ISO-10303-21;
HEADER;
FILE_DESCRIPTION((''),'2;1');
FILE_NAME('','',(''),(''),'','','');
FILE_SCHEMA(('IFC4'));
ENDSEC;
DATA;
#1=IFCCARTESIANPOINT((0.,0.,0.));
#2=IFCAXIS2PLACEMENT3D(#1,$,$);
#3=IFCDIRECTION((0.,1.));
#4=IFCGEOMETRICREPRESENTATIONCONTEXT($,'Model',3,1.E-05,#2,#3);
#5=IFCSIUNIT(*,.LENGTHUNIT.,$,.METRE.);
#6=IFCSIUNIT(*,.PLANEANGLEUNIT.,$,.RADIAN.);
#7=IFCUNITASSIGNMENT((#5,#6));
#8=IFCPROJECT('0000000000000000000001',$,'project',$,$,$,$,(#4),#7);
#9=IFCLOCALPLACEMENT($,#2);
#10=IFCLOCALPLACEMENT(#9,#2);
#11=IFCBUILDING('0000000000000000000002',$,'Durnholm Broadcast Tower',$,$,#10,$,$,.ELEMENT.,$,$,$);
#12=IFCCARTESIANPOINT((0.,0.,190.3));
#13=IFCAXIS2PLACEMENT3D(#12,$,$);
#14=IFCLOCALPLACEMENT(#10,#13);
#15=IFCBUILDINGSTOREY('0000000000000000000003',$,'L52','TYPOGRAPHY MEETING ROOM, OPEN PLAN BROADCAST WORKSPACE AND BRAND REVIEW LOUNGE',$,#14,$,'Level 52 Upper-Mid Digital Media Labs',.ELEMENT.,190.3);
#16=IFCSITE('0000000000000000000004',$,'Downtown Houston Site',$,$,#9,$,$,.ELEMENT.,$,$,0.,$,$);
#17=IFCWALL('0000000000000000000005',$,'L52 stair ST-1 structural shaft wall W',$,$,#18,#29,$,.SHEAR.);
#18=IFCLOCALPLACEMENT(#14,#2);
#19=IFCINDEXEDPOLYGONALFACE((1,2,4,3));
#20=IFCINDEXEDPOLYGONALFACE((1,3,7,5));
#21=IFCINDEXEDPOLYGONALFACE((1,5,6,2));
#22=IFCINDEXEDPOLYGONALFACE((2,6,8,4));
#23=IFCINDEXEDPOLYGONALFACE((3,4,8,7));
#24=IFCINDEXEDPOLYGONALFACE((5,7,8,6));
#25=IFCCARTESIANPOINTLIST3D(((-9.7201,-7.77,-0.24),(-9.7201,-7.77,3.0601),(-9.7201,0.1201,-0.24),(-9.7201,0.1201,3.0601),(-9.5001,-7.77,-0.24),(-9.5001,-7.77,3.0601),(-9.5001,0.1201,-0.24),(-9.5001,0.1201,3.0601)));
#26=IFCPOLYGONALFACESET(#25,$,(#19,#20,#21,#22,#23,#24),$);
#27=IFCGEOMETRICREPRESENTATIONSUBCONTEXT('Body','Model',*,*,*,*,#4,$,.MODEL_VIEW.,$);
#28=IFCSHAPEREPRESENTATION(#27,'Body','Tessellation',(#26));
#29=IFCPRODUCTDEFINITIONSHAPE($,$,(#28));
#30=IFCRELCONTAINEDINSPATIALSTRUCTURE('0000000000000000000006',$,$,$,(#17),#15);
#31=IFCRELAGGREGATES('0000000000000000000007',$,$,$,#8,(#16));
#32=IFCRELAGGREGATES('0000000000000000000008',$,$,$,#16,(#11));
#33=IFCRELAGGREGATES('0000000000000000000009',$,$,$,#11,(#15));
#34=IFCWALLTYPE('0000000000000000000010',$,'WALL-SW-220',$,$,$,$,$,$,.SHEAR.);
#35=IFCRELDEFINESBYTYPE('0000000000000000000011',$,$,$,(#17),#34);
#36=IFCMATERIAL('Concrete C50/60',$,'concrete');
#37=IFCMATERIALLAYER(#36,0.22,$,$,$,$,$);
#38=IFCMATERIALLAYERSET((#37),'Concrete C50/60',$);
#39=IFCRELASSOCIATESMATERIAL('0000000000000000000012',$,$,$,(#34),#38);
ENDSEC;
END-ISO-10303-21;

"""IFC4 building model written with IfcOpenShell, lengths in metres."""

from ifc_helpers import new_model, si_unit, direction, frame, frame_2d, origin, place, context, subcontext, project, spatial, rectangle, extrude, material, layer, layer_set, type_object, element, save


model = new_model("IFC4")

# Units and contexts
model_context = context("Model", 3, precision=1e-05, world=origin(), true_north=direction((0.0, 1.0)))
body_context = subcontext(model_context, "Body", "Model", "MODEL_VIEW")
ifc_project = project(units=[si_unit("LENGTHUNIT", "METRE"), si_unit("PLANEANGLEUNIT", "RADIAN")], contexts=[model_context])

# Site, building, storey
site_placement = place(None, origin())
site = spatial("IfcSite", under=ifc_project, at=site_placement, Name="Downtown Houston Site", CompositionType="ELEMENT", RefElevation=0.0)
building_placement = place(site_placement, origin())
building = spatial("IfcBuilding", under=site, at=building_placement, Name="Durnholm Broadcast Tower", CompositionType="ELEMENT")
storey_placement = place(building_placement, frame((0.0, 0.0, 190.3)))
storey = spatial("IfcBuildingStorey", under=building, at=storey_placement, Name="L52", Description="TYPOGRAPHY MEETING ROOM, OPEN PLAN BROADCAST WORKSPACE AND BRAND REVIEW LOUNGE", LongName="Level 52 Upper-Mid Digital Media Labs", CompositionType="ELEMENT", Elevation=190.3)

# Wall
ifc_material_1 = material(Name="Concrete C50/60", Category="concrete")
ifc_layer_1 = layer(ifc_material_1, 0.22)
ifc_layer_set_1 = layer_set([ifc_layer_1], Name="Concrete C50/60")
wall_type_1 = type_object("IfcWallType", Name="WALL-SW-220", PredefinedType="SHEAR", material=ifc_layer_set_1)
wall_1_placement = place(storey_placement, frame((-9.6101, 0.1201, -0.24), z_axis=(0.0, 0.0, 1.0), x_axis=(0.0, -1.0, 0.0)))
element("IfcWall", 1, at=wall_1_placement, inside=storey, type_object=wall_type_1, Name="L52 stair ST-1 structural shaft wall W", PredefinedType="SHEAR", context=body_context, shape_type="SweptSolid", body=[
    extrude(rectangle(XDim=7.8901, YDim=0.22, at=frame_2d((3.9451, 0.0))), origin(), (0.0, 0.0, 1.0), 3.3),
])

save(model, "model.ifc")
